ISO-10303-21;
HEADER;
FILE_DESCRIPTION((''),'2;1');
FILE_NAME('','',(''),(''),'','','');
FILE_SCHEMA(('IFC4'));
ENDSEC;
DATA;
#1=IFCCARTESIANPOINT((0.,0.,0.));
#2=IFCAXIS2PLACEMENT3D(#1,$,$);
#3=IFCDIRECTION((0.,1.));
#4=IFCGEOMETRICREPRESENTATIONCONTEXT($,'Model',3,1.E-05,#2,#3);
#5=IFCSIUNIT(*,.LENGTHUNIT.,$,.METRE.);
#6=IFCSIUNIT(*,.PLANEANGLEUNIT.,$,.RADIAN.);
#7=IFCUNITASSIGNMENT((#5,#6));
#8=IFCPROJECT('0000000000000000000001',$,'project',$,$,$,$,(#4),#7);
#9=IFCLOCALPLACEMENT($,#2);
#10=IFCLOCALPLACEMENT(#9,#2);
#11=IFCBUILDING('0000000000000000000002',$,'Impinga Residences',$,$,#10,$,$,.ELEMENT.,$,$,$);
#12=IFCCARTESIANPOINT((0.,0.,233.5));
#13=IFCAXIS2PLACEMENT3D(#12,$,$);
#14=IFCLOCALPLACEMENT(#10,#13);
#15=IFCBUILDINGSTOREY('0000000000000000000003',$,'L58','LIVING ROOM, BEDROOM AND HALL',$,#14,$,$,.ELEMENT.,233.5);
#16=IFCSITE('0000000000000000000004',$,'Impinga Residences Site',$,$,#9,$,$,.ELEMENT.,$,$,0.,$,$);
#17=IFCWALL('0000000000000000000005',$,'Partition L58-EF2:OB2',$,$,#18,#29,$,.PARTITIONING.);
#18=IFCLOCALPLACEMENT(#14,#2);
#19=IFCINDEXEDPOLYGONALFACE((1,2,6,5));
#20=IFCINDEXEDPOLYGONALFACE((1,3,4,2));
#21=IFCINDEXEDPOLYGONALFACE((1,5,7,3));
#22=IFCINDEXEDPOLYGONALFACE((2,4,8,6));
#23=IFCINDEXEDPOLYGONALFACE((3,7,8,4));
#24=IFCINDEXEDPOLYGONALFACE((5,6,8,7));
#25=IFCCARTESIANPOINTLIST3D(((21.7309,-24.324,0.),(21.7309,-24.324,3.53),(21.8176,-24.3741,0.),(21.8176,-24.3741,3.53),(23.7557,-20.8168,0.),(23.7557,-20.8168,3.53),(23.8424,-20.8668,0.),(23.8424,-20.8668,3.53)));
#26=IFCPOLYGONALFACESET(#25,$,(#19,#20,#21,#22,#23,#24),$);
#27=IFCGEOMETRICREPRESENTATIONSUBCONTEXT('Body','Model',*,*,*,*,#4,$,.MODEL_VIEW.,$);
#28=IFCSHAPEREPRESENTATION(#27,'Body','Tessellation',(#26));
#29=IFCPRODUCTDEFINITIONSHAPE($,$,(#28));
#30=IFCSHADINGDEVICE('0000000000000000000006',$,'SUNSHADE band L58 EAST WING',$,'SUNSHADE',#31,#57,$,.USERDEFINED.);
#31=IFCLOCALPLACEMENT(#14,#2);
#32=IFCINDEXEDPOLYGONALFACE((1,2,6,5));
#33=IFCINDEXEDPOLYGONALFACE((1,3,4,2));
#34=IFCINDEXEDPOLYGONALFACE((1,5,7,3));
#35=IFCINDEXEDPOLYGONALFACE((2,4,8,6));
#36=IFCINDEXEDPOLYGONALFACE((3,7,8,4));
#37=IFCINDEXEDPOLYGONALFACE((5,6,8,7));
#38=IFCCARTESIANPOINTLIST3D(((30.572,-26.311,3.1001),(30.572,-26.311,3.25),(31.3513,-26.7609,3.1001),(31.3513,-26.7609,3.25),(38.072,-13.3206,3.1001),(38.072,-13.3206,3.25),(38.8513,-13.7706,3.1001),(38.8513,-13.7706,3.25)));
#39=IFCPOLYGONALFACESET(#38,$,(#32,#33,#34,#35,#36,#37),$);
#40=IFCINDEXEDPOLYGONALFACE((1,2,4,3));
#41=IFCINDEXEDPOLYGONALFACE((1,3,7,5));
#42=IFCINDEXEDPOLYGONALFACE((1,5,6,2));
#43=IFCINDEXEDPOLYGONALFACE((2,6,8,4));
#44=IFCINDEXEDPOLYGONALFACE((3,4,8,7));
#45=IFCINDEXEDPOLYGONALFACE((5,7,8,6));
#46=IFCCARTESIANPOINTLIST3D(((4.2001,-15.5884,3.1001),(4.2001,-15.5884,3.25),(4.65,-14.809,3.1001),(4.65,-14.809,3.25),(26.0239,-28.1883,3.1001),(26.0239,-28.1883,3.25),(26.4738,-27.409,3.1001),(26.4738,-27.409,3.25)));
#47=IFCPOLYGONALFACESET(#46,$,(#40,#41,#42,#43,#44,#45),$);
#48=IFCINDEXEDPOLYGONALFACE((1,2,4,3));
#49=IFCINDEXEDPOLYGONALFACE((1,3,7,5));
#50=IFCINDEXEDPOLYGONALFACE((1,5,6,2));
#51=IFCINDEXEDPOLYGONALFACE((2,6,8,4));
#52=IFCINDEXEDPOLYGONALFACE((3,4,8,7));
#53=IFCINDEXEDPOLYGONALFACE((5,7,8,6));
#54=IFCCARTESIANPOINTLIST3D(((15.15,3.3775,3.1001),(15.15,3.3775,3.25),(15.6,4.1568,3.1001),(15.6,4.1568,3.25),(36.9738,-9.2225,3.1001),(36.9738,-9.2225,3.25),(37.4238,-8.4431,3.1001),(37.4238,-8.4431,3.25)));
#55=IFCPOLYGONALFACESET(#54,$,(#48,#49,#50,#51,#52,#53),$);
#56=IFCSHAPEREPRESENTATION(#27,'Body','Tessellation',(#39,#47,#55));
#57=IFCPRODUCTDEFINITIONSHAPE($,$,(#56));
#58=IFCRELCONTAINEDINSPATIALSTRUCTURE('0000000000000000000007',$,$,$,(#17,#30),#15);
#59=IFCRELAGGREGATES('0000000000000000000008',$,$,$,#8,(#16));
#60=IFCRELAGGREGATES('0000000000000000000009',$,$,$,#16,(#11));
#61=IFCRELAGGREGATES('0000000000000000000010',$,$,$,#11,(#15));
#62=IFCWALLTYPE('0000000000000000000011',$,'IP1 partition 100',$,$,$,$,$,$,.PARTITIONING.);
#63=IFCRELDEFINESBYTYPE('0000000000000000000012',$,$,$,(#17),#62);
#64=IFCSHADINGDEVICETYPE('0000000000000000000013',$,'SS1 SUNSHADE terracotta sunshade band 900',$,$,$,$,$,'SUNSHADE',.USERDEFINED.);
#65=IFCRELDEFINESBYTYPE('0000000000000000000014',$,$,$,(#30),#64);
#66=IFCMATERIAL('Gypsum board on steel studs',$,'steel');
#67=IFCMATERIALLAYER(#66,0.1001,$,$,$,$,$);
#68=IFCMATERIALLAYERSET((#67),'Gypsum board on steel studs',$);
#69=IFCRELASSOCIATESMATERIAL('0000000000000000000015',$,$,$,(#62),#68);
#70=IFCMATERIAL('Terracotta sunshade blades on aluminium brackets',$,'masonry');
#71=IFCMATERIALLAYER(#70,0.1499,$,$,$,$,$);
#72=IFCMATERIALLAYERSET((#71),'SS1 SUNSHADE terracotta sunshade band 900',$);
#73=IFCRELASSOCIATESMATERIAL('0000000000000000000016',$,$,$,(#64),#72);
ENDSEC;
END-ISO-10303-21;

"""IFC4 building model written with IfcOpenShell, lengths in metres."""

from ifc_helpers import new_model, si_unit, direction, frame, frame_2d, origin, origin_2d, place, context, subcontext, project, spatial, rectangle, extrude, material, layer, layer_set, type_object, element, save


model = new_model("IFC4")

# Units and contexts
model_context = context("Model", 3, precision=1e-05, world=origin(), true_north=direction((0.0, 1.0)))
body_context = subcontext(model_context, "Body", "Model", "MODEL_VIEW")
ifc_project = project(units=[si_unit("LENGTHUNIT", "METRE"), si_unit("PLANEANGLEUNIT", "RADIAN")], contexts=[model_context])

# Site, building, storey
site_placement = place(None, origin())
site = spatial("IfcSite", under=ifc_project, at=site_placement, Name="Impinga Residences Site", CompositionType="ELEMENT", RefElevation=0.0)
building_placement = place(site_placement, origin())
building = spatial("IfcBuilding", under=site, at=building_placement, Name="Impinga Residences", CompositionType="ELEMENT")
storey_placement = place(building_placement, frame((0.0, 0.0, 233.5)))
storey = spatial("IfcBuildingStorey", under=building, at=storey_placement, Name="L58", Description="LIVING ROOM, BEDROOM AND HALL", CompositionType="ELEMENT", Elevation=233.5)

# Shared definitions
ifc_material_1 = material(Name="Gypsum board on steel studs", Category="steel")
ifc_layer_1 = layer(ifc_material_1, 0.1001)
ifc_layer_set_1 = layer_set([ifc_layer_1], Name="Gypsum board on steel studs")
wall_type_1 = type_object("IfcWallType", Name="IP1 partition 100", PredefinedType="PARTITIONING", material=ifc_layer_set_1)

# Wall
wall_1_placement = place(storey_placement, frame((23.7991, -20.8418, 0.0), z_axis=(0.0, 0.0, 1.0), x_axis=(-0.49999, -0.866031, 0.0)))
element("IfcWall", 1, at=wall_1_placement, inside=storey, type_object=wall_type_1, Name="Partition L58-EF2:OB2", PredefinedType="PARTITIONING", context=body_context, shape_type="SweptSolid", body=[
    extrude(rectangle(XDim=4.0498, YDim=0.1001, at=frame_2d((2.0249, 0.0))), origin(), (0.0, 0.0, 1.0), 3.53),
])

# Shading device
ifc_material_2 = material(Name="Terracotta sunshade blades on aluminium brackets", Category="masonry")
ifc_layer_2 = layer(ifc_material_2, 0.1499)
ifc_layer_set_2 = layer_set([ifc_layer_2], Name="SS1 SUNSHADE terracotta sunshade band 900")
shading_device_type = type_object("IfcShadingDeviceType", Name="SS1 SUNSHADE terracotta sunshade band 900", ElementType="SUNSHADE", PredefinedType="USERDEFINED", material=ifc_layer_set_2)
shading_device_placement = place(storey_placement, frame((34.7117, -20.0408, 3.1001), z_axis=(0.0, 0.0, 1.0), x_axis=(-0.5, -0.866025, 0.0)))
element("IfcShadingDevice", 2, at=shading_device_placement, inside=storey, type_object=shading_device_type, Name="SUNSHADE band L58 EAST WING", ObjectType="SUNSHADE", PredefinedType="USERDEFINED", context=body_context, shape_type="SweptSolid", body=[
    extrude(rectangle(XDim=15.0, YDim=0.8999, at=origin_2d()), origin(), (0.0, 0.0, 1.0), 0.1499),
    extrude(rectangle(XDim=25.2, YDim=0.8999, at=origin_2d()), frame((10.95, -16.05, 0.0), z_axis=(0.0, 0.0, 1.0), x_axis=(0.0, -1.0, 0.0)), (0.0, 0.0, 1.0), 0.1499),
    extrude(rectangle(XDim=25.2, YDim=0.8999, at=origin_2d()), frame((-10.95, -16.05, 0.0), z_axis=(0.0, 0.0, 1.0), x_axis=(0.0, 1.0, 0.0)), (0.0, 0.0, 1.0), 0.1499),
])

save(model, "model.ifc")
